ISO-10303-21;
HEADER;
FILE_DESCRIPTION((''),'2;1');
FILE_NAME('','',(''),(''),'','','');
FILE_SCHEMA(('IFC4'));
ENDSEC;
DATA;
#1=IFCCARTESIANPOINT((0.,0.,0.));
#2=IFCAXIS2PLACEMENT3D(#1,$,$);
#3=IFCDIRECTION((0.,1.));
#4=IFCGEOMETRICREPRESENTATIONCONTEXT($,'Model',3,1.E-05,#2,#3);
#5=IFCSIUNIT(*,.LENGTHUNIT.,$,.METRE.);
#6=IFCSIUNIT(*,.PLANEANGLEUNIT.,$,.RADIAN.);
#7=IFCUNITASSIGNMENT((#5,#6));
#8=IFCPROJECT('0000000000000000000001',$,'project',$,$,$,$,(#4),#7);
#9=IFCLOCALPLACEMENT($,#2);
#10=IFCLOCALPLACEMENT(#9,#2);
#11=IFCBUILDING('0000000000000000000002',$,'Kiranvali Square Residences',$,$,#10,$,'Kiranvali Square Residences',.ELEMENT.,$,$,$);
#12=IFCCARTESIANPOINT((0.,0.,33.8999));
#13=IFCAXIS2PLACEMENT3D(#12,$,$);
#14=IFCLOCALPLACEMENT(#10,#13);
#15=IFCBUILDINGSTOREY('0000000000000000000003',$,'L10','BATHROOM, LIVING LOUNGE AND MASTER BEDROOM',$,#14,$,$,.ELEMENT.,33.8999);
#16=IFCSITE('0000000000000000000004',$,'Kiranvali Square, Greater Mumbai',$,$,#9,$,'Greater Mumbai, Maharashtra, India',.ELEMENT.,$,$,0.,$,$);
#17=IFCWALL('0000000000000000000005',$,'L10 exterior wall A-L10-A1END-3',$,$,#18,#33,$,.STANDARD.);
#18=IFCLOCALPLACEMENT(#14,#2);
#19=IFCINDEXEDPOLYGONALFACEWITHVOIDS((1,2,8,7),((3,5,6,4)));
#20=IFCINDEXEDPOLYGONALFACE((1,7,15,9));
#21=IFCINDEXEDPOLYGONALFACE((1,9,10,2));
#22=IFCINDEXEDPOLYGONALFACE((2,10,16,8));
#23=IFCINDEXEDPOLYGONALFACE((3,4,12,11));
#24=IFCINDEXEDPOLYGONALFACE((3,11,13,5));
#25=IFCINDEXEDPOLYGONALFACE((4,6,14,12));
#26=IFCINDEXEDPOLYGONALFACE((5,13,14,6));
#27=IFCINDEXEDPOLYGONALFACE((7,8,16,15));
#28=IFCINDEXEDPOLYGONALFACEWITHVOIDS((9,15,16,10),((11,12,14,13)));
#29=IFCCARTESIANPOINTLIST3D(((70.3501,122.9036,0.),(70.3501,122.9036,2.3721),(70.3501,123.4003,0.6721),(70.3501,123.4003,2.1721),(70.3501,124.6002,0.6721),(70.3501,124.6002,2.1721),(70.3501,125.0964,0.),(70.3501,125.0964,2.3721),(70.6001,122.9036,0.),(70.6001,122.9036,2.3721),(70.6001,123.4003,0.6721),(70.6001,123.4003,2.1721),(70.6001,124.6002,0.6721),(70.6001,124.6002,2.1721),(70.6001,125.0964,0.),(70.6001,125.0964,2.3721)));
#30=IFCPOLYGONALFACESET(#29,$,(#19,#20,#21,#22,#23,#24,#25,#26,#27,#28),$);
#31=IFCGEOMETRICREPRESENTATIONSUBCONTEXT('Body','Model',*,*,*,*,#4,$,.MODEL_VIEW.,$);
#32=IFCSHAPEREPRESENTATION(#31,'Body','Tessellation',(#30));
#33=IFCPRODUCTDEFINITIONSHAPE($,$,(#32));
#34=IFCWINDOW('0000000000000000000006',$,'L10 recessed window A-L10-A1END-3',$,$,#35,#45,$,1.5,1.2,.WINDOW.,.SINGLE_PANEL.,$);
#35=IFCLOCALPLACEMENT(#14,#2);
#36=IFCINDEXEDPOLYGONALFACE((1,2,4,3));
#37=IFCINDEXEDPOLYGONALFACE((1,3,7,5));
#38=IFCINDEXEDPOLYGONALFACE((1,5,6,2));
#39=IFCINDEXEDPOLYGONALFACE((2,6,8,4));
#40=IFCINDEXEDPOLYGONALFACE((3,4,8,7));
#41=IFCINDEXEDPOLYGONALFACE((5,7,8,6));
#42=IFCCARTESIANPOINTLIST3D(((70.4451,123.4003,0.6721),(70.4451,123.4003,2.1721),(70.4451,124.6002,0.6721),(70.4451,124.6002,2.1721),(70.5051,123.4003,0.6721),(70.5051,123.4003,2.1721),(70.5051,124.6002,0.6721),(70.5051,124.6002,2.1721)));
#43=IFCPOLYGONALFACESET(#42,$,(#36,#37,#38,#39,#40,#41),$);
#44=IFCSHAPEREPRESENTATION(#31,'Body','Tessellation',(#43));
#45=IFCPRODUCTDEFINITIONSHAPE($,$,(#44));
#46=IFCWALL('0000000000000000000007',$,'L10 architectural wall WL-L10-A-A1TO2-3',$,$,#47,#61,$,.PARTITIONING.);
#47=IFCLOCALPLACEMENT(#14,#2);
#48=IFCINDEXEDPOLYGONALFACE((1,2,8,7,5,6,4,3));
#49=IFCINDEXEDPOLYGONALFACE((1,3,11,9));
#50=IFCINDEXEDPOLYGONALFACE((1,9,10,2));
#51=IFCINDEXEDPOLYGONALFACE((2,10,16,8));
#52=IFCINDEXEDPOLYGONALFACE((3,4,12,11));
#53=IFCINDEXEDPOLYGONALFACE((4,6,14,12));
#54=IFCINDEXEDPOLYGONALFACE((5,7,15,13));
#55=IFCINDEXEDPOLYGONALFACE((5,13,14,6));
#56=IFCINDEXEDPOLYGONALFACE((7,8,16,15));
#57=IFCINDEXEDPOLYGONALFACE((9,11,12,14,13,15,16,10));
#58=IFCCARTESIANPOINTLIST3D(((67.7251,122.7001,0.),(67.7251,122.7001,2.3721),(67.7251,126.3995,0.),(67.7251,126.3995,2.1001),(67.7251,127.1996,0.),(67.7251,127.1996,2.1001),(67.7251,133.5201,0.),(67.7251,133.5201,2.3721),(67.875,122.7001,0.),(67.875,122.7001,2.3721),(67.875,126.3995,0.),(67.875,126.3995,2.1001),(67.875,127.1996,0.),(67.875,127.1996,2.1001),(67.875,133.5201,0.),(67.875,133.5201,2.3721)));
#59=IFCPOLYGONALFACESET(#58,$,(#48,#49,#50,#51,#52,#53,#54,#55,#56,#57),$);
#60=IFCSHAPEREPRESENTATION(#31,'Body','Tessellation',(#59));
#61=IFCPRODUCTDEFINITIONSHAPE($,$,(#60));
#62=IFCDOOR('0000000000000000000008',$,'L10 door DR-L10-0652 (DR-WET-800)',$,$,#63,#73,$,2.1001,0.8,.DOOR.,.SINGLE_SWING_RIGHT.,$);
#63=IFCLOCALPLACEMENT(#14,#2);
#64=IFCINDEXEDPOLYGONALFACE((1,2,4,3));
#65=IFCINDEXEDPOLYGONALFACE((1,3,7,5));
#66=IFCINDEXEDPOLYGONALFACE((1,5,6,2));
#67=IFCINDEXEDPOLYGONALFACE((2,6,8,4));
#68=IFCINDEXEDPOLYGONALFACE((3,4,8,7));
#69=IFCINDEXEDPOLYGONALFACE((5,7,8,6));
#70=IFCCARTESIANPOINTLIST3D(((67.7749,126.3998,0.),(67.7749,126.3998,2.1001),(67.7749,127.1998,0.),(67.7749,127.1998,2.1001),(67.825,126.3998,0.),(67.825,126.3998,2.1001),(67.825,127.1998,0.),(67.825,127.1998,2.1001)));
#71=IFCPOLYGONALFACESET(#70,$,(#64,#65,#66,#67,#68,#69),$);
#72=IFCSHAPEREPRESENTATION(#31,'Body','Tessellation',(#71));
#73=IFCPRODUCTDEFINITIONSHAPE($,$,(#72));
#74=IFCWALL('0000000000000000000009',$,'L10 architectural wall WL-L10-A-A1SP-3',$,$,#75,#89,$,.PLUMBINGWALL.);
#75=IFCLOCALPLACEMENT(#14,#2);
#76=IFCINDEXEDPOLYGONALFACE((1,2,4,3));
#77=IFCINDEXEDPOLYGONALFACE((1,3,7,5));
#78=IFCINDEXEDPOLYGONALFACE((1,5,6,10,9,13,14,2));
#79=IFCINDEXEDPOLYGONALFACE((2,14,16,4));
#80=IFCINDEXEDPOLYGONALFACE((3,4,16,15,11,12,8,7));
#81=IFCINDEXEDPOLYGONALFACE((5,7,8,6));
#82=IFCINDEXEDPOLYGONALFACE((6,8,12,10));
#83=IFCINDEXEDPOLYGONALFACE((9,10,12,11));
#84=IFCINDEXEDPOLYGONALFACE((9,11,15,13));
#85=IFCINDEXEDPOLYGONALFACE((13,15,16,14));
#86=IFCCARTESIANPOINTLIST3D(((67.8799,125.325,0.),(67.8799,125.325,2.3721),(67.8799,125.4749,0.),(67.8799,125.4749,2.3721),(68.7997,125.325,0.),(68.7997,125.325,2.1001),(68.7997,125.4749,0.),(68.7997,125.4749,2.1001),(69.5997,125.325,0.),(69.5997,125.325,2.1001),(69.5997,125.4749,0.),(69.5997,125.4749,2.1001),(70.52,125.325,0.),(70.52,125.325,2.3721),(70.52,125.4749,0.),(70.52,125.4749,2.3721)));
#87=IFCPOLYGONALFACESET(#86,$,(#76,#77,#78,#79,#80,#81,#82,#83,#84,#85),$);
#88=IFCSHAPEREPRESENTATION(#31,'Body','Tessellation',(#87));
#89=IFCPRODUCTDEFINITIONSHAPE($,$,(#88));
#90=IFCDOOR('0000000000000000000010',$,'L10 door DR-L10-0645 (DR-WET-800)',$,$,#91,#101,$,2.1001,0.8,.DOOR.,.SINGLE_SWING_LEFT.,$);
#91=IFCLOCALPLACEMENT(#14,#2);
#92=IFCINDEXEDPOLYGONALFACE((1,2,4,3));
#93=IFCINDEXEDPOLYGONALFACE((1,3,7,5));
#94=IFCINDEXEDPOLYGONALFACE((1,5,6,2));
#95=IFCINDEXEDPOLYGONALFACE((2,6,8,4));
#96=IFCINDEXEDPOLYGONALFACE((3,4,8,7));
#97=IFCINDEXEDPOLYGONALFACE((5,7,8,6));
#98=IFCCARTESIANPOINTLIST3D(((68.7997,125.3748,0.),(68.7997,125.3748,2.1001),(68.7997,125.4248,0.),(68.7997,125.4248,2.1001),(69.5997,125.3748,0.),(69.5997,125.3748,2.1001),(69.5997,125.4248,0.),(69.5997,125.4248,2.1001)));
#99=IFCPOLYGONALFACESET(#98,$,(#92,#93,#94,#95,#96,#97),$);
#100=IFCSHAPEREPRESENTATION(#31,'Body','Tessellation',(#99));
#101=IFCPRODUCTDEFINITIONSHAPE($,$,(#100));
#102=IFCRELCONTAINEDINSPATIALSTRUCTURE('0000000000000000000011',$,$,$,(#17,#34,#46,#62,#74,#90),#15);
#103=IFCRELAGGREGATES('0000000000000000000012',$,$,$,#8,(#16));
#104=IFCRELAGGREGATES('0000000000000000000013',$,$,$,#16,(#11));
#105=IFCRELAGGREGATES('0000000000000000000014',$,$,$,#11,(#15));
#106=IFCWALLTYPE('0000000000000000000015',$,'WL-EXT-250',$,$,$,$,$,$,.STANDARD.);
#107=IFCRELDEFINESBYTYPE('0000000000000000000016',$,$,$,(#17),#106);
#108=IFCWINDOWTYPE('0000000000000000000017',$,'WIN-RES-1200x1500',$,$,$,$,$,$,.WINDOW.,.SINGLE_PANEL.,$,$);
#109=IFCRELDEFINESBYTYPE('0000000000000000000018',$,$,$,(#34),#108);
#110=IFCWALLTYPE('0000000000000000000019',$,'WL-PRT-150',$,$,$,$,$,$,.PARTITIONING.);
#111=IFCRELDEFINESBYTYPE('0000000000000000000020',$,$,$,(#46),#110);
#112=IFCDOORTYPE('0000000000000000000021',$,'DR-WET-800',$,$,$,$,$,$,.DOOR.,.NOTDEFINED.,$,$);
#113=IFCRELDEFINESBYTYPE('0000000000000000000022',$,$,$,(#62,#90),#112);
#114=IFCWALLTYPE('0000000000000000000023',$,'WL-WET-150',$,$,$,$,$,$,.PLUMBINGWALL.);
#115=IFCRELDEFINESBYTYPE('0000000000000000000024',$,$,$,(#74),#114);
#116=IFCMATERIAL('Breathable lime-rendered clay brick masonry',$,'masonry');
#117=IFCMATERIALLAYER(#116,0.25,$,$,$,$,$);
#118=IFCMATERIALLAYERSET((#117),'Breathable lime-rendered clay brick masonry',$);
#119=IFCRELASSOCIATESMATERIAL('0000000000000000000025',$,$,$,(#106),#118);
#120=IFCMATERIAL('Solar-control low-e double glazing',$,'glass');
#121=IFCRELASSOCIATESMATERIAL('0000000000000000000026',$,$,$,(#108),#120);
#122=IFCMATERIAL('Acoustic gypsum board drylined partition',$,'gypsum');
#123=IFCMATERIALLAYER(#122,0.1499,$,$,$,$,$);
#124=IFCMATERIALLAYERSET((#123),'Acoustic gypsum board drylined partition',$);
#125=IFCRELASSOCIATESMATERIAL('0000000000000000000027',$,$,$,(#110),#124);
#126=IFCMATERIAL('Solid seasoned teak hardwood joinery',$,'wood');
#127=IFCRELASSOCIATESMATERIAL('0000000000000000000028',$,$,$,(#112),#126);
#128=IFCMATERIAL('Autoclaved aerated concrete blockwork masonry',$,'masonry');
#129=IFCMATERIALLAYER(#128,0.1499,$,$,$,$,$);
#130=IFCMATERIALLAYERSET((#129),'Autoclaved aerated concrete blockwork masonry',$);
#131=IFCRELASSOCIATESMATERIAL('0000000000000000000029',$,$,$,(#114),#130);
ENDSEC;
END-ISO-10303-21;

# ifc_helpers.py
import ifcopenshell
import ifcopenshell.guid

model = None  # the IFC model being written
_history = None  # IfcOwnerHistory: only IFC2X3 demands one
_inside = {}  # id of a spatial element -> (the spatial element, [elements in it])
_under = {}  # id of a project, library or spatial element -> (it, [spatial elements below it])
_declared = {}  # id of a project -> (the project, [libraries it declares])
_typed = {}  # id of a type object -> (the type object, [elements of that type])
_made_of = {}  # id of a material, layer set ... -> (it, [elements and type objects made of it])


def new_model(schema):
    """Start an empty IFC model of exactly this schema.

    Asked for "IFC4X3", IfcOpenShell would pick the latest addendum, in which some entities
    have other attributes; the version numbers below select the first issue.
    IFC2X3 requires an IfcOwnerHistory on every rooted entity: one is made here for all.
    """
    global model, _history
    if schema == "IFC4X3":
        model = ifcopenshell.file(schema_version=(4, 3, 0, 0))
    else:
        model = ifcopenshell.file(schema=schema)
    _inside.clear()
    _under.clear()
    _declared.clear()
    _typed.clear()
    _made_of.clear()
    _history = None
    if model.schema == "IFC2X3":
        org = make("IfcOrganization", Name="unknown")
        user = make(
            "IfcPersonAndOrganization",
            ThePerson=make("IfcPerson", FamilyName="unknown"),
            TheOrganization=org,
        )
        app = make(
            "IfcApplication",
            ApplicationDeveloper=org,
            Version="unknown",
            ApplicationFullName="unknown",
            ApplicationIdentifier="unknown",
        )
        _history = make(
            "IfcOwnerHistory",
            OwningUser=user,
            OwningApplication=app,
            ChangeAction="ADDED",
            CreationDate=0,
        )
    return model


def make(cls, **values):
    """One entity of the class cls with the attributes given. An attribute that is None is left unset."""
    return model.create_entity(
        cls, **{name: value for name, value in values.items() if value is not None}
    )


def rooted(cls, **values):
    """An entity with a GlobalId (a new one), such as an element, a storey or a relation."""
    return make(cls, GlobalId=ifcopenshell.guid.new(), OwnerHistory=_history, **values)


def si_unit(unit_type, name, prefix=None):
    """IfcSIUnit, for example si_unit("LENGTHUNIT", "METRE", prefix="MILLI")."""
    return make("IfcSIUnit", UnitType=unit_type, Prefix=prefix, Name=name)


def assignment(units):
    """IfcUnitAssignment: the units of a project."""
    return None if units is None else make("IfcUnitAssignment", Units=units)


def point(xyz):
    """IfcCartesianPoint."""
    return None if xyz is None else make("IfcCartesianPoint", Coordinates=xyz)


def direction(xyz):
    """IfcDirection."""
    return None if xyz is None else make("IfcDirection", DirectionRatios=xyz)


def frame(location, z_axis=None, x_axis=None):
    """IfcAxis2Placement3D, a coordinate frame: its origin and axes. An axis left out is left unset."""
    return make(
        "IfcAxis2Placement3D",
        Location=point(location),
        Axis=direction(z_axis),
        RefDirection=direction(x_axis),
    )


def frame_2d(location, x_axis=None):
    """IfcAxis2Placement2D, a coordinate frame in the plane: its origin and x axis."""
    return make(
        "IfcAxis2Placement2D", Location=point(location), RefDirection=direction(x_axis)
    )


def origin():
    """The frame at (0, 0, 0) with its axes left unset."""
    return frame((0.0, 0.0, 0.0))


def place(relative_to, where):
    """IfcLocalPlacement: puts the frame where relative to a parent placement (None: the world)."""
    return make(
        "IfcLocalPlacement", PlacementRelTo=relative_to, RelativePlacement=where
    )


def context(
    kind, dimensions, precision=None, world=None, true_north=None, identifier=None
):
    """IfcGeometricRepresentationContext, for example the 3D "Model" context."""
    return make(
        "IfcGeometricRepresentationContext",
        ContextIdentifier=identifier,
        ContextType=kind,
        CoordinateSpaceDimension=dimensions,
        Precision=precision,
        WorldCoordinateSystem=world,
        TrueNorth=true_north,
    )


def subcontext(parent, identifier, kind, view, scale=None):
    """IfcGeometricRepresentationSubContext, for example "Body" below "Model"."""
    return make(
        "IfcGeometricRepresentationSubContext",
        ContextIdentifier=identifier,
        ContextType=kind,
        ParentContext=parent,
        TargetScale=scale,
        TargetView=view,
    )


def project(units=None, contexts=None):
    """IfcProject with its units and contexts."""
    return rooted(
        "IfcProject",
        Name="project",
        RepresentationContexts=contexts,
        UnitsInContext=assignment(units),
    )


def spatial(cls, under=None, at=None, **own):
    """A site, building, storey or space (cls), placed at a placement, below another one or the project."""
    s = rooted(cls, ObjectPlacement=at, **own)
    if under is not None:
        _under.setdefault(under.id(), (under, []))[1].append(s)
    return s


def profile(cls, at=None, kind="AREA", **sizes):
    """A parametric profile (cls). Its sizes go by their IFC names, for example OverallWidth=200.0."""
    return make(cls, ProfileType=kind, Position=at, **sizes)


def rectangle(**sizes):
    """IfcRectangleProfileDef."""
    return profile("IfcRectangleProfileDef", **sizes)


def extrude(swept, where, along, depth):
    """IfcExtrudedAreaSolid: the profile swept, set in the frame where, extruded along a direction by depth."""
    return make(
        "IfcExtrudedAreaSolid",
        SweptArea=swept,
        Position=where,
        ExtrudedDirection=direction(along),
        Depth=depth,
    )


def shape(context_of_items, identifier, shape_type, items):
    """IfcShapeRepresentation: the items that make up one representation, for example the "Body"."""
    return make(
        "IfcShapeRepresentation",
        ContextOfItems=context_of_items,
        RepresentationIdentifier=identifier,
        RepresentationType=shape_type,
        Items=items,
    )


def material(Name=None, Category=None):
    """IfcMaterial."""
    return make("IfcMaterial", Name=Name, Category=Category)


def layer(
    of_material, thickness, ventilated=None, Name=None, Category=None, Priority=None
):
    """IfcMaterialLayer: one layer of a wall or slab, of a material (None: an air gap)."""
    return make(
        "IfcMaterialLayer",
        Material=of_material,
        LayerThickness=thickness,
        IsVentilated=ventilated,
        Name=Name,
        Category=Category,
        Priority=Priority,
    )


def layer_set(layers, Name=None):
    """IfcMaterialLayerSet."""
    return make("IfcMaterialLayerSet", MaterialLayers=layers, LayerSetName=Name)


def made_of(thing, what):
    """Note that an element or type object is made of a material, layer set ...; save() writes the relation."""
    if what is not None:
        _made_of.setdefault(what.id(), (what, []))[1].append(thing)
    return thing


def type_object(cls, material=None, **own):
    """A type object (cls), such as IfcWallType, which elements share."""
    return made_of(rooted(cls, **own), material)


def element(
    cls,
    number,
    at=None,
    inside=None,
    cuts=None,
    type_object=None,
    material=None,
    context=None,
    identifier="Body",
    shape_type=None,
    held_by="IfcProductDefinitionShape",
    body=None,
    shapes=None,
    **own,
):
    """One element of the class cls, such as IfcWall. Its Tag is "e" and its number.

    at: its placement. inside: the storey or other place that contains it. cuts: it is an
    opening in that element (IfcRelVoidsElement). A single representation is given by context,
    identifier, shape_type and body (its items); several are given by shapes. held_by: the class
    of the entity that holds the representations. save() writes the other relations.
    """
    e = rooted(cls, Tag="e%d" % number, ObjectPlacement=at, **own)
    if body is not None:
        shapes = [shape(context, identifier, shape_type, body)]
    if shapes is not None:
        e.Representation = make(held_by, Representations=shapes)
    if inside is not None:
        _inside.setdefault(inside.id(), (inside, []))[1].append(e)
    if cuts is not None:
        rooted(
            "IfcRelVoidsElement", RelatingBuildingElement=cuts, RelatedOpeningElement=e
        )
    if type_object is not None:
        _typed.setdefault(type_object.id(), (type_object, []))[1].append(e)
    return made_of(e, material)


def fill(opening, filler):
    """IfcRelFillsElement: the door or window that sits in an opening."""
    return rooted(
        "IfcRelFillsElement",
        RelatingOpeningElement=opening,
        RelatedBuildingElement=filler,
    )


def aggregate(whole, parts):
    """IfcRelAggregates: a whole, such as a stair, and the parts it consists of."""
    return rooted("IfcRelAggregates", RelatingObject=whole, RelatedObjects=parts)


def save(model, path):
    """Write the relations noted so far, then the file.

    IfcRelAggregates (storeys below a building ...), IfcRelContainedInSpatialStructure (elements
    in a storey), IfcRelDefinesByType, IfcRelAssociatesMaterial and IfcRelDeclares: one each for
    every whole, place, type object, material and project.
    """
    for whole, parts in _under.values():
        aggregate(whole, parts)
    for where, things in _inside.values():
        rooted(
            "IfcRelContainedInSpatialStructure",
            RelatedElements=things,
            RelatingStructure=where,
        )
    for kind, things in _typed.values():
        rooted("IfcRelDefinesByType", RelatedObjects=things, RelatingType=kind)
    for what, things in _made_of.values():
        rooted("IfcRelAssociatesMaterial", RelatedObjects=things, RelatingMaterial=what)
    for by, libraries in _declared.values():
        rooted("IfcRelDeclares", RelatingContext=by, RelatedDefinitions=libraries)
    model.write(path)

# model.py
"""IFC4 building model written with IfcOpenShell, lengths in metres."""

from ifc_helpers import new_model, si_unit, direction, frame, frame_2d, origin, place, context, subcontext, project, spatial, rectangle, extrude, material, layer, layer_set, type_object, element, fill, save


model = new_model("IFC4")

# Units and contexts
model_context = context("Model", 3, precision=1e-05, world=origin(), true_north=direction((0.0, 1.0)))
body_context = subcontext(model_context, "Body", "Model", "MODEL_VIEW")
ifc_project = project(units=[si_unit("LENGTHUNIT", "METRE"), si_unit("PLANEANGLEUNIT", "RADIAN")], contexts=[model_context])

# Site, building, storey
site_placement = place(None, origin())
site = spatial("IfcSite", under=ifc_project, at=site_placement, Name="Kiranvali Square, Greater Mumbai", LongName="Greater Mumbai, Maharashtra, India", CompositionType="ELEMENT", RefElevation=0.0)
building_placement = place(site_placement, origin())
building = spatial("IfcBuilding", under=site, at=building_placement, Name="Kiranvali Square Residences", LongName="Kiranvali Square Residences", CompositionType="ELEMENT")
storey_placement = place(building_placement, frame((0.0, 0.0, 33.8999)))
storey = spatial("IfcBuildingStorey", under=building, at=storey_placement, Name="L10", Description="BATHROOM, LIVING LOUNGE AND MASTER BEDROOM", CompositionType="ELEMENT", Elevation=33.8999)

# Wall, opening, window
ifc_material_1 = material(Name="Breathable lime-rendered clay brick masonry", Category="masonry")
ifc_layer_1 = layer(ifc_material_1, 0.25)
ifc_layer_set_1 = layer_set([ifc_layer_1], Name="Breathable lime-rendered clay brick masonry")
wall_type_1 = type_object("IfcWallType", Name="WL-EXT-250", PredefinedType="STANDARD", material=ifc_layer_set_1)
ifc_material_2 = material(Name="Solar-control low-e double glazing", Category="glass")
wall_1_placement = place(storey_placement, frame((70.4751, 122.9036, 0.0), z_axis=(0.0, 0.0, 1.0), x_axis=(0.0, 1.0, 0.0)))
wall_1 = element("IfcWall", 1, at=wall_1_placement, inside=storey, type_object=wall_type_1, Name="L10 exterior wall A-L10-A1END-3", PredefinedType="STANDARD", context=body_context, shape_type="SweptSolid", body=[
    extrude(rectangle(XDim=2.1929, YDim=0.25, at=frame_2d((1.0964, 0.0))), origin(), (0.0, 0.0, 1.0), 2.3721),
])
opening_1_placement = place(wall_1_placement, frame((0.4966, 0.0, 0.6721)))
opening_1 = element("IfcOpeningElement", 2, at=opening_1_placement, cuts=wall_1, PredefinedType="OPENING", context=body_context, shape_type="SweptSolid", body=[
    extrude(rectangle(XDim=1.2, YDim=1.5, at=frame_2d((0.6001, 0.75))), frame((0.0, 0.135, 0.0), z_axis=(0.0, -1.0, 0.0), x_axis=(1.0, 0.0, 0.0)), (0.0, 0.0, 1.0), 0.27),
])
window_type_1 = type_object("IfcWindowType", Name="WIN-RES-1200x1500", PartitioningType="SINGLE_PANEL", PredefinedType="WINDOW", material=ifc_material_2)
window_1_placement = place(opening_1_placement, origin())
window_1 = element("IfcWindow", 3, at=window_1_placement, inside=storey, type_object=window_type_1, Name="L10 recessed window A-L10-A1END-3", OverallHeight=1.5, OverallWidth=1.2, PartitioningType="SINGLE_PANEL", PredefinedType="WINDOW", context=body_context, shape_type="SweptSolid", body=[
    extrude(rectangle(XDim=1.2, YDim=1.5, at=frame_2d((0.6001, 0.75))), frame((0.0, 0.03, 0.0), z_axis=(0.0, -1.0, 0.0), x_axis=(1.0, 0.0, 0.0)), (0.0, 0.0, 1.0), 0.0601),
])
fill(opening_1, window_1)

# Walls, openings, doors
ifc_material_3 = material(Name="Acoustic gypsum board drylined partition", Category="gypsum")
ifc_layer_2 = layer(ifc_material_3, 0.1499)
ifc_layer_set_2 = layer_set([ifc_layer_2], Name="Acoustic gypsum board drylined partition")
wall_type_2 = type_object("IfcWallType", Name="WL-PRT-150", PredefinedType="PARTITIONING", material=ifc_layer_set_2)
wall_2_placement = place(storey_placement, frame((67.8, 122.7, 0.0), z_axis=(0.0, 0.0, 1.0), x_axis=(0.0, 1.0, 0.0)))
wall_2 = element("IfcWall", 4, at=wall_2_placement, inside=storey, type_object=wall_type_2, Name="L10 architectural wall WL-L10-A-A1TO2-3", PredefinedType="PARTITIONING", context=body_context, shape_type="SweptSolid", body=[
    extrude(rectangle(XDim=10.8201, YDim=0.1499, at=frame_2d((5.4102, 0.0))), origin(), (0.0, 0.0, 1.0), 2.3721),
])
opening_2_placement = place(wall_2_placement, frame((3.6997, 0.0, 0.0)))
opening_2 = element("IfcOpeningElement", 5, at=opening_2_placement, cuts=wall_2, PredefinedType="OPENING", context=body_context, shape_type="SweptSolid", body=[
    extrude(rectangle(XDim=0.8, YDim=2.1001, at=frame_2d((0.3999, 1.05))), frame((0.0, 0.085, 0.0), z_axis=(0.0, -1.0, 0.0), x_axis=(1.0, 0.0, 0.0)), (0.0, 0.0, 1.0), 0.1699),
])
ifc_material_4 = material(Name="Solid seasoned teak hardwood joinery", Category="wood")
door_type = type_object("IfcDoorType", Name="DR-WET-800", OperationType="NOTDEFINED", PredefinedType="DOOR", material=ifc_material_4)
door_1_placement = place(opening_2_placement, frame((0.8, 0.0, 0.0), z_axis=(0.0, 0.0, 1.0), x_axis=(-1.0, 0.0, 0.0)))
door_1 = element("IfcDoor", 6, at=door_1_placement, inside=storey, type_object=door_type, Name="L10 door DR-L10-0652 (DR-WET-800)", OperationType="SINGLE_SWING_RIGHT", OverallHeight=2.1001, OverallWidth=0.8, PredefinedType="DOOR", context=body_context, shape_type="SweptSolid", body=[
    extrude(rectangle(XDim=0.8, YDim=2.1001, at=frame_2d((0.3999, 1.05))), frame((0.0, 0.0249, 0.0), z_axis=(0.0, -1.0, 0.0), x_axis=(1.0, 0.0, 0.0)), (0.0, 0.0, 1.0), 0.05),
])
fill(opening_2, door_1)
ifc_material_5 = material(Name="Autoclaved aerated concrete blockwork masonry", Category="masonry")
ifc_layer_3 = layer(ifc_material_5, 0.1499)
ifc_layer_set_3 = layer_set([ifc_layer_3], Name="Autoclaved aerated concrete blockwork masonry")
wall_type_3 = type_object("IfcWallType", Name="WL-WET-150", PredefinedType="PLUMBINGWALL", material=ifc_layer_set_3)
wall_3_placement = place(storey_placement, frame((67.8799, 125.3999, 0.0), z_axis=(0.0, 0.0, 1.0), x_axis=(1.0, 0.0, 0.0)))
wall_3 = element("IfcWall", 7, at=wall_3_placement, inside=storey, type_object=wall_type_3, Name="L10 architectural wall WL-L10-A-A1SP-3", PredefinedType="PLUMBINGWALL", context=body_context, shape_type="SweptSolid", body=[
    extrude(rectangle(XDim=2.6401, YDim=0.1499, at=frame_2d((1.3201, 0.0))), origin(), (0.0, 0.0, 1.0), 2.3721),
])
opening_3_placement = place(wall_3_placement, frame((0.9199, 0.0, 0.0)))
opening_3 = element("IfcOpeningElement", 8, at=opening_3_placement, cuts=wall_3, PredefinedType="OPENING", context=body_context, shape_type="SweptSolid", body=[
    extrude(rectangle(XDim=0.8, YDim=2.1001, at=frame_2d((0.3999, 1.05))), frame((0.0, 0.085, 0.0), z_axis=(0.0, -1.0, 0.0), x_axis=(1.0, 0.0, 0.0)), (0.0, 0.0, 1.0), 0.1699),
])
door_2_placement = place(opening_3_placement, origin())
door_2 = element("IfcDoor", 9, at=door_2_placement, inside=storey, type_object=door_type, Name="L10 door DR-L10-0645 (DR-WET-800)", OperationType="SINGLE_SWING_LEFT", OverallHeight=2.1001, OverallWidth=0.8, PredefinedType="DOOR", context=body_context, shape_type="SweptSolid", body=[
    extrude(rectangle(XDim=0.8, YDim=2.1001, at=frame_2d((0.3999, 1.05))), frame((0.0, 0.0249, 0.0), z_axis=(0.0, -1.0, 0.0), x_axis=(1.0, 0.0, 0.0)), (0.0, 0.0, 1.0), 0.05),
])
fill(opening_3, door_2)

save(model, "model.ifc")
